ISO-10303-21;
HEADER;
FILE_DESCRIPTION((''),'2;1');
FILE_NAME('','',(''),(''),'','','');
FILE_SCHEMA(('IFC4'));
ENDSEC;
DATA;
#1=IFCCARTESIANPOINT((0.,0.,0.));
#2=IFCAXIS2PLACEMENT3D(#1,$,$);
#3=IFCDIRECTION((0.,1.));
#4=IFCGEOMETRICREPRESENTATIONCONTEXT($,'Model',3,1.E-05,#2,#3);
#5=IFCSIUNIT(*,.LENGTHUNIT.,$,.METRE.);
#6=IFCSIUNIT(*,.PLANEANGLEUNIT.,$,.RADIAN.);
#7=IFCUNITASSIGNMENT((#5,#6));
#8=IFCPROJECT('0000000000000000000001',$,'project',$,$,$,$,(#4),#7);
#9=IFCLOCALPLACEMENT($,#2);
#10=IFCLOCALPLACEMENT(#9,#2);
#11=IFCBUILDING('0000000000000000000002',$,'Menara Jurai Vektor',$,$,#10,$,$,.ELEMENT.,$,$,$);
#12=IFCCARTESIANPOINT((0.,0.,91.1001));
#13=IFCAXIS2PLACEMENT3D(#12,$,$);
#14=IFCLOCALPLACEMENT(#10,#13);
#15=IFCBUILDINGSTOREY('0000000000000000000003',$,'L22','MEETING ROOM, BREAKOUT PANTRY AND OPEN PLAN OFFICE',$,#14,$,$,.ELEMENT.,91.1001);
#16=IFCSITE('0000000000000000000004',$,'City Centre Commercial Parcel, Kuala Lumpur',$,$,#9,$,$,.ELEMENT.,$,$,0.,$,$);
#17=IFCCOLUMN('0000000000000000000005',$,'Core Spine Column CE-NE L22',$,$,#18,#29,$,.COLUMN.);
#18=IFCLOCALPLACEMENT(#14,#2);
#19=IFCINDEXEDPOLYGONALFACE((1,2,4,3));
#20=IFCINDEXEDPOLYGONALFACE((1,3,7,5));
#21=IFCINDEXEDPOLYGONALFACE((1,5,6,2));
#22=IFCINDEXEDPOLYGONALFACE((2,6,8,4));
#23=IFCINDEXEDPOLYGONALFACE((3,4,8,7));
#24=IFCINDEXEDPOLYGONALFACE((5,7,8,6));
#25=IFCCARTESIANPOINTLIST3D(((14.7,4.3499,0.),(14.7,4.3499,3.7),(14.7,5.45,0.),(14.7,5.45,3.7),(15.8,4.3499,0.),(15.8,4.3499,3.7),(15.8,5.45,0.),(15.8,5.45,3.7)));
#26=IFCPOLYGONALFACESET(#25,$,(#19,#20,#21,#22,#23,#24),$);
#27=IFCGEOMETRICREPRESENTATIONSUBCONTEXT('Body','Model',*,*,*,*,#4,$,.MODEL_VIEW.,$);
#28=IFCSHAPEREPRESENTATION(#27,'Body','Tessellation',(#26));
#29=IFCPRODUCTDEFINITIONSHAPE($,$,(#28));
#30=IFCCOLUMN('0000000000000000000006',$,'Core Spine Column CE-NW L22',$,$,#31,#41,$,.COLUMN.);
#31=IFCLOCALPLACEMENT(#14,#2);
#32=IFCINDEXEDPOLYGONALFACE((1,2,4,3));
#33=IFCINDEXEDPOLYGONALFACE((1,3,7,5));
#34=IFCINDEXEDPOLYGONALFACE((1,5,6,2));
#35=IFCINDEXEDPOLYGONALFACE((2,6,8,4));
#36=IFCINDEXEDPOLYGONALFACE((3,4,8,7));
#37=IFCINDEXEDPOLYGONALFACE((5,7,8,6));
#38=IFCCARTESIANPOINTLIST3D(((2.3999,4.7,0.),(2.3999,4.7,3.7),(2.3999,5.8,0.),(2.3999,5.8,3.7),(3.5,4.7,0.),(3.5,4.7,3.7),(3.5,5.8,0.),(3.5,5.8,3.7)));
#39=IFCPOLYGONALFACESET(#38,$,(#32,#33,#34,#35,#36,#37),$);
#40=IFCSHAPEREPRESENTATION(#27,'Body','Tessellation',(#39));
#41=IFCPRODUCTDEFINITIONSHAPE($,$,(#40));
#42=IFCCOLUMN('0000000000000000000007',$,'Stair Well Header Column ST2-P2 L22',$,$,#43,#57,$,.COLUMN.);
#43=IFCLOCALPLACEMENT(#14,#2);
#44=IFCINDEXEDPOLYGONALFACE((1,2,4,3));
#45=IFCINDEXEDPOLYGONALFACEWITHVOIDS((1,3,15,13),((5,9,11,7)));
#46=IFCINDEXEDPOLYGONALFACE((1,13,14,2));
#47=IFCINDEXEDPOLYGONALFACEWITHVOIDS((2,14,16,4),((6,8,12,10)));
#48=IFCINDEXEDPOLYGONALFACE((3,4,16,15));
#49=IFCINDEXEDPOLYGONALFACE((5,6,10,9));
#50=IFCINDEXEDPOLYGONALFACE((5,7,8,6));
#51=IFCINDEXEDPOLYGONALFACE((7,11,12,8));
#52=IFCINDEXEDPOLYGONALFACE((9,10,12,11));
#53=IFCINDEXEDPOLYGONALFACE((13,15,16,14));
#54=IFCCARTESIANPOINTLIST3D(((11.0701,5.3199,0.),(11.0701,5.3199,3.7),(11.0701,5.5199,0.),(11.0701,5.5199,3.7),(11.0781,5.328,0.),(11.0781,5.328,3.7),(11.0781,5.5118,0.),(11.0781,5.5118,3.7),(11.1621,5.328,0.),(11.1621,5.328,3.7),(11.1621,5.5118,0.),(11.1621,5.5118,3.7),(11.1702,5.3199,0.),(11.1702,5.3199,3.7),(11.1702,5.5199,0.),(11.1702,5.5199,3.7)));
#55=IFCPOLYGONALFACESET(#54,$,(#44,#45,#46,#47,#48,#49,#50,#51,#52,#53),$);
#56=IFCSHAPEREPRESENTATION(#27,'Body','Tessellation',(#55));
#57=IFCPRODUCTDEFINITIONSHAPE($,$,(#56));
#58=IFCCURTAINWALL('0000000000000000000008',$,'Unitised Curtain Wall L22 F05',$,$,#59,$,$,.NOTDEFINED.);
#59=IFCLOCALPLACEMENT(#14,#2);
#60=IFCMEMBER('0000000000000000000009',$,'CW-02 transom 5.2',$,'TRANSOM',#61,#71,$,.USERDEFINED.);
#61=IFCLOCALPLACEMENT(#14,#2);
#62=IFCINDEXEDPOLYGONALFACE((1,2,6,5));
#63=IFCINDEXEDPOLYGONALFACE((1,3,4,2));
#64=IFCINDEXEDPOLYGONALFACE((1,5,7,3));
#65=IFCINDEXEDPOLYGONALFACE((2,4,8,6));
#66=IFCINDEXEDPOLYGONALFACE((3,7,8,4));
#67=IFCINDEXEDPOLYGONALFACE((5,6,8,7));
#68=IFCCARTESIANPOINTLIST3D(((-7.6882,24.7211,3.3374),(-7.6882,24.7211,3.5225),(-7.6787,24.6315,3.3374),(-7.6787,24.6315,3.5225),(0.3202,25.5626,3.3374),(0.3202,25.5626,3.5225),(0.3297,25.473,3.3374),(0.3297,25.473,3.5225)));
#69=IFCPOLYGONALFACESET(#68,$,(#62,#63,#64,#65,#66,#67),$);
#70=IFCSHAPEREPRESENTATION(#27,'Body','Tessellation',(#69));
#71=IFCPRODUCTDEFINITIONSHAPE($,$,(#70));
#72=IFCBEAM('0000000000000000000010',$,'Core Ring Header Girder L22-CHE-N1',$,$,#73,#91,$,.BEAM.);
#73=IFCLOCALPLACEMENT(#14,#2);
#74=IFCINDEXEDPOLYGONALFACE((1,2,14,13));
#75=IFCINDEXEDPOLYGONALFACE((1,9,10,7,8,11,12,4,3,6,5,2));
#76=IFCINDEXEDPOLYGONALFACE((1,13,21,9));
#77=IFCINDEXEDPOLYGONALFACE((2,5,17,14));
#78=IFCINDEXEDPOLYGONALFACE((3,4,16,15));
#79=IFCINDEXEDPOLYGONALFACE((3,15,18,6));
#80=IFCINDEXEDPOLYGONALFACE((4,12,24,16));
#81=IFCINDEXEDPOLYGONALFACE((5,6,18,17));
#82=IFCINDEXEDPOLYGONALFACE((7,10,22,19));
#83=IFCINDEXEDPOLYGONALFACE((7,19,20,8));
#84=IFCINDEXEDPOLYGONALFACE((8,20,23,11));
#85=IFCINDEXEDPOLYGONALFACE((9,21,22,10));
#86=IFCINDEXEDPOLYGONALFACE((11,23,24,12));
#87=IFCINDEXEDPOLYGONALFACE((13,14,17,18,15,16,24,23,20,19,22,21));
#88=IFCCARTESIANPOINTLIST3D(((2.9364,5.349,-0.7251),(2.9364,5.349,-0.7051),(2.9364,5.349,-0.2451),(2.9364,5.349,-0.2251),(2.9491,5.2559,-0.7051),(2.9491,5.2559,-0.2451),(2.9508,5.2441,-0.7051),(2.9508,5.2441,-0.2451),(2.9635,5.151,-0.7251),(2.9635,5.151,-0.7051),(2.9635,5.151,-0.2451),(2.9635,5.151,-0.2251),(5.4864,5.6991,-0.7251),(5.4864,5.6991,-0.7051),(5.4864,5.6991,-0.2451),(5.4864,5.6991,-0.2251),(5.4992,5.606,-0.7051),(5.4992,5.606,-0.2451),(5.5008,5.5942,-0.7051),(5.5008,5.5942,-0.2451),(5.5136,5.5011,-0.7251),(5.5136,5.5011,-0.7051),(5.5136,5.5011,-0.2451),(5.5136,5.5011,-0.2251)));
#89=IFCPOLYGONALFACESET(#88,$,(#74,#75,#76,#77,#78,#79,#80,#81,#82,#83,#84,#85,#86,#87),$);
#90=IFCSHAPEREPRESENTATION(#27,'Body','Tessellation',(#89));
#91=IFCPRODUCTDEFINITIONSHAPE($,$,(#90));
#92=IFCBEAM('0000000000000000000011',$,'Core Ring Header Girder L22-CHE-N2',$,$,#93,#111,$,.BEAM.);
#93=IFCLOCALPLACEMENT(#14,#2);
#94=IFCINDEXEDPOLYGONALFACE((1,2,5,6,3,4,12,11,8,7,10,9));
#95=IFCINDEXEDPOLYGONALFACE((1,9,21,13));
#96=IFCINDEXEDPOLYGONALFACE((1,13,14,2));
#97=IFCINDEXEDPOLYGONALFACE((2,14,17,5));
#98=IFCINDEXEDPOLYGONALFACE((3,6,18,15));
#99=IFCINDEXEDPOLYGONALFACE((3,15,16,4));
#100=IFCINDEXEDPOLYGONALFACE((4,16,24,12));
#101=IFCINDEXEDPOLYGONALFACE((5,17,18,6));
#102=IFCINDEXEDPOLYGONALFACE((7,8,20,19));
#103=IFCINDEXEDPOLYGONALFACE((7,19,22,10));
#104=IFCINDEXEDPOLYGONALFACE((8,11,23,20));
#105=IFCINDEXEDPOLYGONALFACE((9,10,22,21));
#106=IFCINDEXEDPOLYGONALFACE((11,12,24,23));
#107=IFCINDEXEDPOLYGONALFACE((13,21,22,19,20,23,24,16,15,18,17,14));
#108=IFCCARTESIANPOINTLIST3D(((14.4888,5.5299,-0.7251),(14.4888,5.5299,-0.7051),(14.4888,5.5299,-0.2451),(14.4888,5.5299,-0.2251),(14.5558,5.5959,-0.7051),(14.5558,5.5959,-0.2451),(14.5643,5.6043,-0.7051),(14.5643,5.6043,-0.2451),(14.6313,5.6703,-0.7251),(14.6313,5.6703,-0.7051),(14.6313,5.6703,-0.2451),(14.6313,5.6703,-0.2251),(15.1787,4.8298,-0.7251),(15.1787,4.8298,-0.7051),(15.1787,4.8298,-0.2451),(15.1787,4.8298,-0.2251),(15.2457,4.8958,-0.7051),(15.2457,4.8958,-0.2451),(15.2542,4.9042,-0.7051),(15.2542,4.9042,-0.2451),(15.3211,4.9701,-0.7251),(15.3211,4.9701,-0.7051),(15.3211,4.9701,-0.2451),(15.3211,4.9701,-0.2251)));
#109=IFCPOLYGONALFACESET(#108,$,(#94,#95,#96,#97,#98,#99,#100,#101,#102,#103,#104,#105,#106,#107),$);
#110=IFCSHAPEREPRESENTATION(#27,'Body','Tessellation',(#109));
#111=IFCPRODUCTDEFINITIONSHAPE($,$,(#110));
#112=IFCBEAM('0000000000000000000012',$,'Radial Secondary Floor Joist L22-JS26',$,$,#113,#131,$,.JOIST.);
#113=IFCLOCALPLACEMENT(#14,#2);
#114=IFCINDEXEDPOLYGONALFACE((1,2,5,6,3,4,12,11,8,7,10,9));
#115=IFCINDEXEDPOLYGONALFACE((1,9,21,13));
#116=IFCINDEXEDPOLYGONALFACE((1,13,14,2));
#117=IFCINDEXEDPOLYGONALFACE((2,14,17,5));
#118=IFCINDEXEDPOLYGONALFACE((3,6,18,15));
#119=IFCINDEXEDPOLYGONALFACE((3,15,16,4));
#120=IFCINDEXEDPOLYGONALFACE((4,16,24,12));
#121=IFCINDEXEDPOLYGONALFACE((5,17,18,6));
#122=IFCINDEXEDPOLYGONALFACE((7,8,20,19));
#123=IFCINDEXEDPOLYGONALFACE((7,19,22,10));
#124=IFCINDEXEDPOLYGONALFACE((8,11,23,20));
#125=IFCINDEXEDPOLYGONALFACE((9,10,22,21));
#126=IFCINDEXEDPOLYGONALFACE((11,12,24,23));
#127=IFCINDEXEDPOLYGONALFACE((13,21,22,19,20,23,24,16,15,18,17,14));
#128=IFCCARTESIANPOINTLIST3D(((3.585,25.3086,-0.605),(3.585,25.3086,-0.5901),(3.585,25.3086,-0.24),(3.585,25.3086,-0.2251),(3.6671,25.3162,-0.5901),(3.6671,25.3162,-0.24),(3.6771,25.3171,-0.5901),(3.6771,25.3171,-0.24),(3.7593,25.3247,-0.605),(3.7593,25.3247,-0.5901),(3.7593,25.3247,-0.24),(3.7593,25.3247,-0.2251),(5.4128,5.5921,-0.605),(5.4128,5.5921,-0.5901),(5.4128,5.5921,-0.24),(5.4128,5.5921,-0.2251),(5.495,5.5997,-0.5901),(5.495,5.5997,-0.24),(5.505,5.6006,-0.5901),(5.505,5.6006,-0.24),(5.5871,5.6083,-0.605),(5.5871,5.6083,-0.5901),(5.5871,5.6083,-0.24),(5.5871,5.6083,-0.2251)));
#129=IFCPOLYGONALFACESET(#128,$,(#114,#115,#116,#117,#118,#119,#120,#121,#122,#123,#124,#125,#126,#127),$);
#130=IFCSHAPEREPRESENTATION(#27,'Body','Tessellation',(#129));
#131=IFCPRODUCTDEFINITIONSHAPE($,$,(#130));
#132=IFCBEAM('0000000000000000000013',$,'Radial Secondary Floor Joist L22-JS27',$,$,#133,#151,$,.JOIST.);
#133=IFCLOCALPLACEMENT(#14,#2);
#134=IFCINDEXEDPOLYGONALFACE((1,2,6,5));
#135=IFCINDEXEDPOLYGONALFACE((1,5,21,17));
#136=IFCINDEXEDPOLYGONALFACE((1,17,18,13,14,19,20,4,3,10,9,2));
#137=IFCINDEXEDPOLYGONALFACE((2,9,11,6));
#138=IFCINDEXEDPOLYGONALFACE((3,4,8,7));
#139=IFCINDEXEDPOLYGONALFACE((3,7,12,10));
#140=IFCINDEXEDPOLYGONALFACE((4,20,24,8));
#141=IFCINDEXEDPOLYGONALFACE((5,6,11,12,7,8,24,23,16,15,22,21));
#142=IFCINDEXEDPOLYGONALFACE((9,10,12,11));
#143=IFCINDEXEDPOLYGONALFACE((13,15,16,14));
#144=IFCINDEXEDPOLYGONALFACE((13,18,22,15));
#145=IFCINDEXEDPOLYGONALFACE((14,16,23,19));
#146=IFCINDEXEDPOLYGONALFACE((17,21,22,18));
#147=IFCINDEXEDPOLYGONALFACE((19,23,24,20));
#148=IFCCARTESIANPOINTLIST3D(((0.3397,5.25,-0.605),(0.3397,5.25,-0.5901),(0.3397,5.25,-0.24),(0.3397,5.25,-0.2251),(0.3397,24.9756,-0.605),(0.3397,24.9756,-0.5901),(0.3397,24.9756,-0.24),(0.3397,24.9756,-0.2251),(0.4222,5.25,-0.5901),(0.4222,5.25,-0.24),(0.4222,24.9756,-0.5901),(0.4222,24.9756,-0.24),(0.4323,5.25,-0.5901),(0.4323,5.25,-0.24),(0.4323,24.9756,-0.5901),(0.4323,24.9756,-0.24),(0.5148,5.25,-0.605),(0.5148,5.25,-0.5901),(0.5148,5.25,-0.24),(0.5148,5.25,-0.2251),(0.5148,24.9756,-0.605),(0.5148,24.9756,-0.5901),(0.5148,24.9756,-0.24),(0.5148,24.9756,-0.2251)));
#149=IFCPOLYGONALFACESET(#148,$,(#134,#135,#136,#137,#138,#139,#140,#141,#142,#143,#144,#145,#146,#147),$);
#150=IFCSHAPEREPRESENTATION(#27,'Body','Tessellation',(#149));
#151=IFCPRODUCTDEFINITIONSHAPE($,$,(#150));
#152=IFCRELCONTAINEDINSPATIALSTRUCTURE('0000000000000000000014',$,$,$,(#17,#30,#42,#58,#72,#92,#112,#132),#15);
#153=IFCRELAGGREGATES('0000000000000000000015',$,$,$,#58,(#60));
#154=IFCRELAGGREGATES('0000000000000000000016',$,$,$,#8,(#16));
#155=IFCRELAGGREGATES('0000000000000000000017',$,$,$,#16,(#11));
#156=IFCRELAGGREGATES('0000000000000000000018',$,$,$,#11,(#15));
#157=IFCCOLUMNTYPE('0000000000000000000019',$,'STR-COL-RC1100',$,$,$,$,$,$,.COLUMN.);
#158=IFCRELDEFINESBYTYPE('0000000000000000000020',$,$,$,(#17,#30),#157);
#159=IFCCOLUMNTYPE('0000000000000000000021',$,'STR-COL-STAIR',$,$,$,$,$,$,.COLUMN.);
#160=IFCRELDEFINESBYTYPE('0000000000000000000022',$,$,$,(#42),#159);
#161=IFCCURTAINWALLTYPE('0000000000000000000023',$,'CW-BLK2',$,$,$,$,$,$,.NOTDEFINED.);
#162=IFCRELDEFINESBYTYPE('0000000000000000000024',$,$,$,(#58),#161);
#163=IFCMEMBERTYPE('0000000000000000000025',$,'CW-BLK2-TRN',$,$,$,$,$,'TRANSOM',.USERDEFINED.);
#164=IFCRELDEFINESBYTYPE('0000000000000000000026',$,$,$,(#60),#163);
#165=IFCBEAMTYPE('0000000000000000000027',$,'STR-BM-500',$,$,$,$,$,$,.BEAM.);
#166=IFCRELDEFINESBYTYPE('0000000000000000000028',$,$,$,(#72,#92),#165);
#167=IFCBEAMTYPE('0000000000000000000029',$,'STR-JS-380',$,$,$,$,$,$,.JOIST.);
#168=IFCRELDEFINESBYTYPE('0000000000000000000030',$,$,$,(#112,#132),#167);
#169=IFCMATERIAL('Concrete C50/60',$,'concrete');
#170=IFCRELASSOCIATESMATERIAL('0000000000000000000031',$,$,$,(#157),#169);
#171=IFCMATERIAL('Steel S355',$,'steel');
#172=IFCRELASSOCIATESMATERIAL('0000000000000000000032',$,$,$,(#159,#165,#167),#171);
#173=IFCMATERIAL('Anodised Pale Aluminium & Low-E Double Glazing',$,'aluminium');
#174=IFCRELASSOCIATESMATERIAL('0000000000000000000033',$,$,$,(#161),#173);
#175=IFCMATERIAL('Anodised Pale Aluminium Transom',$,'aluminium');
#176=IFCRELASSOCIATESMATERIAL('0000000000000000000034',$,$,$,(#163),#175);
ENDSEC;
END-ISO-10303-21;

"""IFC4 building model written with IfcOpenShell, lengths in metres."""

from ifc_helpers import new_model, si_unit, direction, frame, origin, origin_2d, place, context, subcontext, project, spatial, rectangle, hollow_rectangle, i_section, extrude, material, material_profile, profile_set, type_object, element, aggregate, save


model = new_model("IFC4")

# Units and contexts
model_context = context("Model", 3, precision=1e-05, world=origin(), true_north=direction((0.0, 1.0)))
body_context = subcontext(model_context, "Body", "Model", "MODEL_VIEW")
ifc_project = project(units=[si_unit("LENGTHUNIT", "METRE"), si_unit("PLANEANGLEUNIT", "RADIAN")], contexts=[model_context])

# Site, building, storey
site_placement = place(None, origin())
site = spatial("IfcSite", under=ifc_project, at=site_placement, Name="City Centre Commercial Parcel, Kuala Lumpur", CompositionType="ELEMENT", RefElevation=0.0)
building_placement = place(site_placement, origin())
building = spatial("IfcBuilding", under=site, at=building_placement, Name="Menara Jurai Vektor", CompositionType="ELEMENT")
storey_placement = place(building_placement, frame((0.0, 0.0, 91.1001)))
storey = spatial("IfcBuildingStorey", under=building, at=storey_placement, Name="L22", Description="MEETING ROOM, BREAKOUT PANTRY AND OPEN PLAN OFFICE", CompositionType="ELEMENT", Elevation=91.1001)

# Columns
ifc_material_1 = material(Name="Concrete C50/60", Category="concrete")
ifc_material_profile_1 = material_profile(ifc_material_1, rectangle(XDim=1.1001, YDim=1.1001, at=origin_2d()), Name="RC 1100x1100")
ifc_profile_set_1 = profile_set([ifc_material_profile_1], Name="Concrete C50/60")
column_type_1 = type_object("IfcColumnType", Name="STR-COL-RC1100", PredefinedType="COLUMN", material=ifc_profile_set_1)
for number, where, z_axis, x_axis, name in (
    (1, (15.25, 4.8999, 0.0), (0.0, 0.0, 1.0), (1.0, 0.0, 0.0), "Core Spine Column CE-NE L22"),
    (2, (2.95, 5.25, 0.0), (0.0, 0.0, 1.0), (1.0, 0.0, 0.0), "Core Spine Column CE-NW L22"),
):
    element("IfcColumn", number, at=place(storey_placement, frame(where, z_axis=z_axis, x_axis=x_axis)), inside=storey, type_object=column_type_1, Name=name, PredefinedType="COLUMN", context=body_context, shape_type="SweptSolid", body=[
        extrude(rectangle(XDim=1.1001, YDim=1.1001, at=origin_2d()), origin(), (0.0, 0.0, 1.0), 3.7),
    ])
ifc_material_2 = material(Name="Steel S355", Category="steel")
ifc_material_profile_2 = material_profile(ifc_material_2, hollow_rectangle(XDim=0.1001, YDim=0.2, WallThickness=0.0081, at=origin_2d()), Name="RHS 200x100x8")
ifc_profile_set_2 = profile_set([ifc_material_profile_2], Name="Steel S355")
column_type_2 = type_object("IfcColumnType", Name="STR-COL-STAIR", PredefinedType="COLUMN", material=ifc_profile_set_2)
column_placement = place(storey_placement, frame((11.1201, 5.4199, 0.0), z_axis=(0.0, 0.0, 1.0), x_axis=(1.0, 0.0, 0.0)))
element("IfcColumn", 3, at=column_placement, inside=storey, type_object=column_type_2, Name="Stair Well Header Column ST2-P2 L22", PredefinedType="COLUMN", context=body_context, shape_type="SweptSolid", body=[
    extrude(hollow_rectangle(XDim=0.1001, YDim=0.2, WallThickness=0.0081, at=origin_2d()), origin(), (0.0, 0.0, 1.0), 3.7),
])

# Curtain wall, member
ifc_material_3 = material(Name="Anodised Pale Aluminium & Low-E Double Glazing", Category="aluminium")
curtain_wall_type = type_object("IfcCurtainWallType", Name="CW-BLK2", PredefinedType="NOTDEFINED", material=ifc_material_3)
curtain_wall_placement = place(storey_placement, origin())
curtain_wall = element("IfcCurtainWall", 4, at=curtain_wall_placement, inside=storey, type_object=curtain_wall_type, Name="Unitised Curtain Wall L22 F05", PredefinedType="NOTDEFINED")
ifc_material_4 = material(Name="Anodised Pale Aluminium Transom", Category="aluminium")
ifc_material_profile_3 = material_profile(ifc_material_4, rectangle(XDim=0.0901, YDim=0.1851, at=origin_2d()), Name="ALU TRN 90x185")
ifc_profile_set_3 = profile_set([ifc_material_profile_3], Name="Anodised Pale Aluminium Transom")
member_type = type_object("IfcMemberType", Name="CW-BLK2-TRN", ElementType="TRANSOM", PredefinedType="USERDEFINED", material=ifc_profile_set_3)
member_placement = place(storey_placement, frame((0.325, 25.5178, 3.4299), z_axis=(-0.994524, -0.10451, 0.0), x_axis=(0.10451, -0.994524, 0.0)))
member = element("IfcMember", 5, at=member_placement, type_object=member_type, Name="CW-02 transom 5.2", ObjectType="TRANSOM", PredefinedType="USERDEFINED", context=body_context, shape_type="SweptSolid", body=[
    extrude(rectangle(XDim=0.0901, YDim=0.1851, at=origin_2d()), origin(), (0.0, 0.0, 1.0), 8.0525),
])
aggregate(curtain_wall, [member])

# Beams
ifc_material_profile_4 = material_profile(ifc_material_2, i_section(OverallWidth=0.2, OverallDepth=0.5, WebThickness=0.012, FlangeThickness=0.02, at=origin_2d()), Name="PG 500x200x96")
ifc_profile_set_4 = profile_set([ifc_material_profile_4], Name="Steel S355")
beam_type_1 = type_object("IfcBeamType", Name="STR-BM-500", PredefinedType="BEAM", material=ifc_profile_set_4)
beam_1_placement = place(storey_placement, frame((2.95, 5.25, -0.4751), z_axis=(0.990707, 0.136015, 0.0), x_axis=(-0.136015, 0.990707, 0.0)))
element("IfcBeam", 6, at=beam_1_placement, inside=storey, type_object=beam_type_1, Name="Core Ring Header Girder L22-CHE-N1", PredefinedType="BEAM", context=body_context, shape_type="SweptSolid", body=[
    extrude(i_section(OverallWidth=0.2, OverallDepth=0.5, WebThickness=0.012, FlangeThickness=0.02, at=origin_2d()), origin(), (0.0, 0.0, 1.0), 2.574),
])
beam_2_placement = place(storey_placement, frame((14.5601, 5.6001, -0.4751), z_axis=(0.701872, -0.712303, 0.0), x_axis=(0.712303, 0.701872, 0.0)))
element("IfcBeam", 7, at=beam_2_placement, inside=storey, type_object=beam_type_1, Name="Core Ring Header Girder L22-CHE-N2", PredefinedType="BEAM", context=body_context, shape_type="SweptSolid", body=[
    extrude(i_section(OverallWidth=0.2, OverallDepth=0.5, WebThickness=0.012, FlangeThickness=0.02, at=origin_2d()), origin(), (0.0, 0.0, 1.0), 0.9829),
])
ifc_material_profile_5 = material_profile(ifc_material_2, i_section(OverallWidth=0.175, OverallDepth=0.3799, WebThickness=0.01, FlangeThickness=0.0149, at=origin_2d()), Name="PG 380x175x58")
ifc_profile_set_5 = profile_set([ifc_material_profile_5], Name="Steel S355")
beam_type_2 = type_object("IfcBeamType", Name="STR-JS-380", PredefinedType="JOIST", material=ifc_profile_set_5)
beam_3_placement = place(storey_placement, frame((3.6721, 25.3167, -0.415), z_axis=(0.092312, -0.99573, 0.0), x_axis=(0.99573, 0.092312, 0.0)))
element("IfcBeam", 8, at=beam_3_placement, inside=storey, type_object=beam_type_2, Name="Radial Secondary Floor Joist L22-JS26", PredefinedType="JOIST", context=body_context, shape_type="SweptSolid", body=[
    extrude(i_section(OverallWidth=0.175, OverallDepth=0.3799, WebThickness=0.01, FlangeThickness=0.0149, at=origin_2d()), origin(), (0.0, 0.0, 1.0), 19.801),
])
beam_4_placement = place(storey_placement, frame((0.4272, 24.9756, -0.415), z_axis=(0.0, -1.0, 0.0), x_axis=(1.0, 0.0, 0.0)))
element("IfcBeam", 9, at=beam_4_placement, inside=storey, type_object=beam_type_2, Name="Radial Secondary Floor Joist L22-JS27", PredefinedType="JOIST", context=body_context, shape_type="SweptSolid", body=[
    extrude(i_section(OverallWidth=0.175, OverallDepth=0.3799, WebThickness=0.01, FlangeThickness=0.0149, at=origin_2d()), origin(), (0.0, 0.0, 1.0), 19.7256),
])

save(model, "model.ifc")
